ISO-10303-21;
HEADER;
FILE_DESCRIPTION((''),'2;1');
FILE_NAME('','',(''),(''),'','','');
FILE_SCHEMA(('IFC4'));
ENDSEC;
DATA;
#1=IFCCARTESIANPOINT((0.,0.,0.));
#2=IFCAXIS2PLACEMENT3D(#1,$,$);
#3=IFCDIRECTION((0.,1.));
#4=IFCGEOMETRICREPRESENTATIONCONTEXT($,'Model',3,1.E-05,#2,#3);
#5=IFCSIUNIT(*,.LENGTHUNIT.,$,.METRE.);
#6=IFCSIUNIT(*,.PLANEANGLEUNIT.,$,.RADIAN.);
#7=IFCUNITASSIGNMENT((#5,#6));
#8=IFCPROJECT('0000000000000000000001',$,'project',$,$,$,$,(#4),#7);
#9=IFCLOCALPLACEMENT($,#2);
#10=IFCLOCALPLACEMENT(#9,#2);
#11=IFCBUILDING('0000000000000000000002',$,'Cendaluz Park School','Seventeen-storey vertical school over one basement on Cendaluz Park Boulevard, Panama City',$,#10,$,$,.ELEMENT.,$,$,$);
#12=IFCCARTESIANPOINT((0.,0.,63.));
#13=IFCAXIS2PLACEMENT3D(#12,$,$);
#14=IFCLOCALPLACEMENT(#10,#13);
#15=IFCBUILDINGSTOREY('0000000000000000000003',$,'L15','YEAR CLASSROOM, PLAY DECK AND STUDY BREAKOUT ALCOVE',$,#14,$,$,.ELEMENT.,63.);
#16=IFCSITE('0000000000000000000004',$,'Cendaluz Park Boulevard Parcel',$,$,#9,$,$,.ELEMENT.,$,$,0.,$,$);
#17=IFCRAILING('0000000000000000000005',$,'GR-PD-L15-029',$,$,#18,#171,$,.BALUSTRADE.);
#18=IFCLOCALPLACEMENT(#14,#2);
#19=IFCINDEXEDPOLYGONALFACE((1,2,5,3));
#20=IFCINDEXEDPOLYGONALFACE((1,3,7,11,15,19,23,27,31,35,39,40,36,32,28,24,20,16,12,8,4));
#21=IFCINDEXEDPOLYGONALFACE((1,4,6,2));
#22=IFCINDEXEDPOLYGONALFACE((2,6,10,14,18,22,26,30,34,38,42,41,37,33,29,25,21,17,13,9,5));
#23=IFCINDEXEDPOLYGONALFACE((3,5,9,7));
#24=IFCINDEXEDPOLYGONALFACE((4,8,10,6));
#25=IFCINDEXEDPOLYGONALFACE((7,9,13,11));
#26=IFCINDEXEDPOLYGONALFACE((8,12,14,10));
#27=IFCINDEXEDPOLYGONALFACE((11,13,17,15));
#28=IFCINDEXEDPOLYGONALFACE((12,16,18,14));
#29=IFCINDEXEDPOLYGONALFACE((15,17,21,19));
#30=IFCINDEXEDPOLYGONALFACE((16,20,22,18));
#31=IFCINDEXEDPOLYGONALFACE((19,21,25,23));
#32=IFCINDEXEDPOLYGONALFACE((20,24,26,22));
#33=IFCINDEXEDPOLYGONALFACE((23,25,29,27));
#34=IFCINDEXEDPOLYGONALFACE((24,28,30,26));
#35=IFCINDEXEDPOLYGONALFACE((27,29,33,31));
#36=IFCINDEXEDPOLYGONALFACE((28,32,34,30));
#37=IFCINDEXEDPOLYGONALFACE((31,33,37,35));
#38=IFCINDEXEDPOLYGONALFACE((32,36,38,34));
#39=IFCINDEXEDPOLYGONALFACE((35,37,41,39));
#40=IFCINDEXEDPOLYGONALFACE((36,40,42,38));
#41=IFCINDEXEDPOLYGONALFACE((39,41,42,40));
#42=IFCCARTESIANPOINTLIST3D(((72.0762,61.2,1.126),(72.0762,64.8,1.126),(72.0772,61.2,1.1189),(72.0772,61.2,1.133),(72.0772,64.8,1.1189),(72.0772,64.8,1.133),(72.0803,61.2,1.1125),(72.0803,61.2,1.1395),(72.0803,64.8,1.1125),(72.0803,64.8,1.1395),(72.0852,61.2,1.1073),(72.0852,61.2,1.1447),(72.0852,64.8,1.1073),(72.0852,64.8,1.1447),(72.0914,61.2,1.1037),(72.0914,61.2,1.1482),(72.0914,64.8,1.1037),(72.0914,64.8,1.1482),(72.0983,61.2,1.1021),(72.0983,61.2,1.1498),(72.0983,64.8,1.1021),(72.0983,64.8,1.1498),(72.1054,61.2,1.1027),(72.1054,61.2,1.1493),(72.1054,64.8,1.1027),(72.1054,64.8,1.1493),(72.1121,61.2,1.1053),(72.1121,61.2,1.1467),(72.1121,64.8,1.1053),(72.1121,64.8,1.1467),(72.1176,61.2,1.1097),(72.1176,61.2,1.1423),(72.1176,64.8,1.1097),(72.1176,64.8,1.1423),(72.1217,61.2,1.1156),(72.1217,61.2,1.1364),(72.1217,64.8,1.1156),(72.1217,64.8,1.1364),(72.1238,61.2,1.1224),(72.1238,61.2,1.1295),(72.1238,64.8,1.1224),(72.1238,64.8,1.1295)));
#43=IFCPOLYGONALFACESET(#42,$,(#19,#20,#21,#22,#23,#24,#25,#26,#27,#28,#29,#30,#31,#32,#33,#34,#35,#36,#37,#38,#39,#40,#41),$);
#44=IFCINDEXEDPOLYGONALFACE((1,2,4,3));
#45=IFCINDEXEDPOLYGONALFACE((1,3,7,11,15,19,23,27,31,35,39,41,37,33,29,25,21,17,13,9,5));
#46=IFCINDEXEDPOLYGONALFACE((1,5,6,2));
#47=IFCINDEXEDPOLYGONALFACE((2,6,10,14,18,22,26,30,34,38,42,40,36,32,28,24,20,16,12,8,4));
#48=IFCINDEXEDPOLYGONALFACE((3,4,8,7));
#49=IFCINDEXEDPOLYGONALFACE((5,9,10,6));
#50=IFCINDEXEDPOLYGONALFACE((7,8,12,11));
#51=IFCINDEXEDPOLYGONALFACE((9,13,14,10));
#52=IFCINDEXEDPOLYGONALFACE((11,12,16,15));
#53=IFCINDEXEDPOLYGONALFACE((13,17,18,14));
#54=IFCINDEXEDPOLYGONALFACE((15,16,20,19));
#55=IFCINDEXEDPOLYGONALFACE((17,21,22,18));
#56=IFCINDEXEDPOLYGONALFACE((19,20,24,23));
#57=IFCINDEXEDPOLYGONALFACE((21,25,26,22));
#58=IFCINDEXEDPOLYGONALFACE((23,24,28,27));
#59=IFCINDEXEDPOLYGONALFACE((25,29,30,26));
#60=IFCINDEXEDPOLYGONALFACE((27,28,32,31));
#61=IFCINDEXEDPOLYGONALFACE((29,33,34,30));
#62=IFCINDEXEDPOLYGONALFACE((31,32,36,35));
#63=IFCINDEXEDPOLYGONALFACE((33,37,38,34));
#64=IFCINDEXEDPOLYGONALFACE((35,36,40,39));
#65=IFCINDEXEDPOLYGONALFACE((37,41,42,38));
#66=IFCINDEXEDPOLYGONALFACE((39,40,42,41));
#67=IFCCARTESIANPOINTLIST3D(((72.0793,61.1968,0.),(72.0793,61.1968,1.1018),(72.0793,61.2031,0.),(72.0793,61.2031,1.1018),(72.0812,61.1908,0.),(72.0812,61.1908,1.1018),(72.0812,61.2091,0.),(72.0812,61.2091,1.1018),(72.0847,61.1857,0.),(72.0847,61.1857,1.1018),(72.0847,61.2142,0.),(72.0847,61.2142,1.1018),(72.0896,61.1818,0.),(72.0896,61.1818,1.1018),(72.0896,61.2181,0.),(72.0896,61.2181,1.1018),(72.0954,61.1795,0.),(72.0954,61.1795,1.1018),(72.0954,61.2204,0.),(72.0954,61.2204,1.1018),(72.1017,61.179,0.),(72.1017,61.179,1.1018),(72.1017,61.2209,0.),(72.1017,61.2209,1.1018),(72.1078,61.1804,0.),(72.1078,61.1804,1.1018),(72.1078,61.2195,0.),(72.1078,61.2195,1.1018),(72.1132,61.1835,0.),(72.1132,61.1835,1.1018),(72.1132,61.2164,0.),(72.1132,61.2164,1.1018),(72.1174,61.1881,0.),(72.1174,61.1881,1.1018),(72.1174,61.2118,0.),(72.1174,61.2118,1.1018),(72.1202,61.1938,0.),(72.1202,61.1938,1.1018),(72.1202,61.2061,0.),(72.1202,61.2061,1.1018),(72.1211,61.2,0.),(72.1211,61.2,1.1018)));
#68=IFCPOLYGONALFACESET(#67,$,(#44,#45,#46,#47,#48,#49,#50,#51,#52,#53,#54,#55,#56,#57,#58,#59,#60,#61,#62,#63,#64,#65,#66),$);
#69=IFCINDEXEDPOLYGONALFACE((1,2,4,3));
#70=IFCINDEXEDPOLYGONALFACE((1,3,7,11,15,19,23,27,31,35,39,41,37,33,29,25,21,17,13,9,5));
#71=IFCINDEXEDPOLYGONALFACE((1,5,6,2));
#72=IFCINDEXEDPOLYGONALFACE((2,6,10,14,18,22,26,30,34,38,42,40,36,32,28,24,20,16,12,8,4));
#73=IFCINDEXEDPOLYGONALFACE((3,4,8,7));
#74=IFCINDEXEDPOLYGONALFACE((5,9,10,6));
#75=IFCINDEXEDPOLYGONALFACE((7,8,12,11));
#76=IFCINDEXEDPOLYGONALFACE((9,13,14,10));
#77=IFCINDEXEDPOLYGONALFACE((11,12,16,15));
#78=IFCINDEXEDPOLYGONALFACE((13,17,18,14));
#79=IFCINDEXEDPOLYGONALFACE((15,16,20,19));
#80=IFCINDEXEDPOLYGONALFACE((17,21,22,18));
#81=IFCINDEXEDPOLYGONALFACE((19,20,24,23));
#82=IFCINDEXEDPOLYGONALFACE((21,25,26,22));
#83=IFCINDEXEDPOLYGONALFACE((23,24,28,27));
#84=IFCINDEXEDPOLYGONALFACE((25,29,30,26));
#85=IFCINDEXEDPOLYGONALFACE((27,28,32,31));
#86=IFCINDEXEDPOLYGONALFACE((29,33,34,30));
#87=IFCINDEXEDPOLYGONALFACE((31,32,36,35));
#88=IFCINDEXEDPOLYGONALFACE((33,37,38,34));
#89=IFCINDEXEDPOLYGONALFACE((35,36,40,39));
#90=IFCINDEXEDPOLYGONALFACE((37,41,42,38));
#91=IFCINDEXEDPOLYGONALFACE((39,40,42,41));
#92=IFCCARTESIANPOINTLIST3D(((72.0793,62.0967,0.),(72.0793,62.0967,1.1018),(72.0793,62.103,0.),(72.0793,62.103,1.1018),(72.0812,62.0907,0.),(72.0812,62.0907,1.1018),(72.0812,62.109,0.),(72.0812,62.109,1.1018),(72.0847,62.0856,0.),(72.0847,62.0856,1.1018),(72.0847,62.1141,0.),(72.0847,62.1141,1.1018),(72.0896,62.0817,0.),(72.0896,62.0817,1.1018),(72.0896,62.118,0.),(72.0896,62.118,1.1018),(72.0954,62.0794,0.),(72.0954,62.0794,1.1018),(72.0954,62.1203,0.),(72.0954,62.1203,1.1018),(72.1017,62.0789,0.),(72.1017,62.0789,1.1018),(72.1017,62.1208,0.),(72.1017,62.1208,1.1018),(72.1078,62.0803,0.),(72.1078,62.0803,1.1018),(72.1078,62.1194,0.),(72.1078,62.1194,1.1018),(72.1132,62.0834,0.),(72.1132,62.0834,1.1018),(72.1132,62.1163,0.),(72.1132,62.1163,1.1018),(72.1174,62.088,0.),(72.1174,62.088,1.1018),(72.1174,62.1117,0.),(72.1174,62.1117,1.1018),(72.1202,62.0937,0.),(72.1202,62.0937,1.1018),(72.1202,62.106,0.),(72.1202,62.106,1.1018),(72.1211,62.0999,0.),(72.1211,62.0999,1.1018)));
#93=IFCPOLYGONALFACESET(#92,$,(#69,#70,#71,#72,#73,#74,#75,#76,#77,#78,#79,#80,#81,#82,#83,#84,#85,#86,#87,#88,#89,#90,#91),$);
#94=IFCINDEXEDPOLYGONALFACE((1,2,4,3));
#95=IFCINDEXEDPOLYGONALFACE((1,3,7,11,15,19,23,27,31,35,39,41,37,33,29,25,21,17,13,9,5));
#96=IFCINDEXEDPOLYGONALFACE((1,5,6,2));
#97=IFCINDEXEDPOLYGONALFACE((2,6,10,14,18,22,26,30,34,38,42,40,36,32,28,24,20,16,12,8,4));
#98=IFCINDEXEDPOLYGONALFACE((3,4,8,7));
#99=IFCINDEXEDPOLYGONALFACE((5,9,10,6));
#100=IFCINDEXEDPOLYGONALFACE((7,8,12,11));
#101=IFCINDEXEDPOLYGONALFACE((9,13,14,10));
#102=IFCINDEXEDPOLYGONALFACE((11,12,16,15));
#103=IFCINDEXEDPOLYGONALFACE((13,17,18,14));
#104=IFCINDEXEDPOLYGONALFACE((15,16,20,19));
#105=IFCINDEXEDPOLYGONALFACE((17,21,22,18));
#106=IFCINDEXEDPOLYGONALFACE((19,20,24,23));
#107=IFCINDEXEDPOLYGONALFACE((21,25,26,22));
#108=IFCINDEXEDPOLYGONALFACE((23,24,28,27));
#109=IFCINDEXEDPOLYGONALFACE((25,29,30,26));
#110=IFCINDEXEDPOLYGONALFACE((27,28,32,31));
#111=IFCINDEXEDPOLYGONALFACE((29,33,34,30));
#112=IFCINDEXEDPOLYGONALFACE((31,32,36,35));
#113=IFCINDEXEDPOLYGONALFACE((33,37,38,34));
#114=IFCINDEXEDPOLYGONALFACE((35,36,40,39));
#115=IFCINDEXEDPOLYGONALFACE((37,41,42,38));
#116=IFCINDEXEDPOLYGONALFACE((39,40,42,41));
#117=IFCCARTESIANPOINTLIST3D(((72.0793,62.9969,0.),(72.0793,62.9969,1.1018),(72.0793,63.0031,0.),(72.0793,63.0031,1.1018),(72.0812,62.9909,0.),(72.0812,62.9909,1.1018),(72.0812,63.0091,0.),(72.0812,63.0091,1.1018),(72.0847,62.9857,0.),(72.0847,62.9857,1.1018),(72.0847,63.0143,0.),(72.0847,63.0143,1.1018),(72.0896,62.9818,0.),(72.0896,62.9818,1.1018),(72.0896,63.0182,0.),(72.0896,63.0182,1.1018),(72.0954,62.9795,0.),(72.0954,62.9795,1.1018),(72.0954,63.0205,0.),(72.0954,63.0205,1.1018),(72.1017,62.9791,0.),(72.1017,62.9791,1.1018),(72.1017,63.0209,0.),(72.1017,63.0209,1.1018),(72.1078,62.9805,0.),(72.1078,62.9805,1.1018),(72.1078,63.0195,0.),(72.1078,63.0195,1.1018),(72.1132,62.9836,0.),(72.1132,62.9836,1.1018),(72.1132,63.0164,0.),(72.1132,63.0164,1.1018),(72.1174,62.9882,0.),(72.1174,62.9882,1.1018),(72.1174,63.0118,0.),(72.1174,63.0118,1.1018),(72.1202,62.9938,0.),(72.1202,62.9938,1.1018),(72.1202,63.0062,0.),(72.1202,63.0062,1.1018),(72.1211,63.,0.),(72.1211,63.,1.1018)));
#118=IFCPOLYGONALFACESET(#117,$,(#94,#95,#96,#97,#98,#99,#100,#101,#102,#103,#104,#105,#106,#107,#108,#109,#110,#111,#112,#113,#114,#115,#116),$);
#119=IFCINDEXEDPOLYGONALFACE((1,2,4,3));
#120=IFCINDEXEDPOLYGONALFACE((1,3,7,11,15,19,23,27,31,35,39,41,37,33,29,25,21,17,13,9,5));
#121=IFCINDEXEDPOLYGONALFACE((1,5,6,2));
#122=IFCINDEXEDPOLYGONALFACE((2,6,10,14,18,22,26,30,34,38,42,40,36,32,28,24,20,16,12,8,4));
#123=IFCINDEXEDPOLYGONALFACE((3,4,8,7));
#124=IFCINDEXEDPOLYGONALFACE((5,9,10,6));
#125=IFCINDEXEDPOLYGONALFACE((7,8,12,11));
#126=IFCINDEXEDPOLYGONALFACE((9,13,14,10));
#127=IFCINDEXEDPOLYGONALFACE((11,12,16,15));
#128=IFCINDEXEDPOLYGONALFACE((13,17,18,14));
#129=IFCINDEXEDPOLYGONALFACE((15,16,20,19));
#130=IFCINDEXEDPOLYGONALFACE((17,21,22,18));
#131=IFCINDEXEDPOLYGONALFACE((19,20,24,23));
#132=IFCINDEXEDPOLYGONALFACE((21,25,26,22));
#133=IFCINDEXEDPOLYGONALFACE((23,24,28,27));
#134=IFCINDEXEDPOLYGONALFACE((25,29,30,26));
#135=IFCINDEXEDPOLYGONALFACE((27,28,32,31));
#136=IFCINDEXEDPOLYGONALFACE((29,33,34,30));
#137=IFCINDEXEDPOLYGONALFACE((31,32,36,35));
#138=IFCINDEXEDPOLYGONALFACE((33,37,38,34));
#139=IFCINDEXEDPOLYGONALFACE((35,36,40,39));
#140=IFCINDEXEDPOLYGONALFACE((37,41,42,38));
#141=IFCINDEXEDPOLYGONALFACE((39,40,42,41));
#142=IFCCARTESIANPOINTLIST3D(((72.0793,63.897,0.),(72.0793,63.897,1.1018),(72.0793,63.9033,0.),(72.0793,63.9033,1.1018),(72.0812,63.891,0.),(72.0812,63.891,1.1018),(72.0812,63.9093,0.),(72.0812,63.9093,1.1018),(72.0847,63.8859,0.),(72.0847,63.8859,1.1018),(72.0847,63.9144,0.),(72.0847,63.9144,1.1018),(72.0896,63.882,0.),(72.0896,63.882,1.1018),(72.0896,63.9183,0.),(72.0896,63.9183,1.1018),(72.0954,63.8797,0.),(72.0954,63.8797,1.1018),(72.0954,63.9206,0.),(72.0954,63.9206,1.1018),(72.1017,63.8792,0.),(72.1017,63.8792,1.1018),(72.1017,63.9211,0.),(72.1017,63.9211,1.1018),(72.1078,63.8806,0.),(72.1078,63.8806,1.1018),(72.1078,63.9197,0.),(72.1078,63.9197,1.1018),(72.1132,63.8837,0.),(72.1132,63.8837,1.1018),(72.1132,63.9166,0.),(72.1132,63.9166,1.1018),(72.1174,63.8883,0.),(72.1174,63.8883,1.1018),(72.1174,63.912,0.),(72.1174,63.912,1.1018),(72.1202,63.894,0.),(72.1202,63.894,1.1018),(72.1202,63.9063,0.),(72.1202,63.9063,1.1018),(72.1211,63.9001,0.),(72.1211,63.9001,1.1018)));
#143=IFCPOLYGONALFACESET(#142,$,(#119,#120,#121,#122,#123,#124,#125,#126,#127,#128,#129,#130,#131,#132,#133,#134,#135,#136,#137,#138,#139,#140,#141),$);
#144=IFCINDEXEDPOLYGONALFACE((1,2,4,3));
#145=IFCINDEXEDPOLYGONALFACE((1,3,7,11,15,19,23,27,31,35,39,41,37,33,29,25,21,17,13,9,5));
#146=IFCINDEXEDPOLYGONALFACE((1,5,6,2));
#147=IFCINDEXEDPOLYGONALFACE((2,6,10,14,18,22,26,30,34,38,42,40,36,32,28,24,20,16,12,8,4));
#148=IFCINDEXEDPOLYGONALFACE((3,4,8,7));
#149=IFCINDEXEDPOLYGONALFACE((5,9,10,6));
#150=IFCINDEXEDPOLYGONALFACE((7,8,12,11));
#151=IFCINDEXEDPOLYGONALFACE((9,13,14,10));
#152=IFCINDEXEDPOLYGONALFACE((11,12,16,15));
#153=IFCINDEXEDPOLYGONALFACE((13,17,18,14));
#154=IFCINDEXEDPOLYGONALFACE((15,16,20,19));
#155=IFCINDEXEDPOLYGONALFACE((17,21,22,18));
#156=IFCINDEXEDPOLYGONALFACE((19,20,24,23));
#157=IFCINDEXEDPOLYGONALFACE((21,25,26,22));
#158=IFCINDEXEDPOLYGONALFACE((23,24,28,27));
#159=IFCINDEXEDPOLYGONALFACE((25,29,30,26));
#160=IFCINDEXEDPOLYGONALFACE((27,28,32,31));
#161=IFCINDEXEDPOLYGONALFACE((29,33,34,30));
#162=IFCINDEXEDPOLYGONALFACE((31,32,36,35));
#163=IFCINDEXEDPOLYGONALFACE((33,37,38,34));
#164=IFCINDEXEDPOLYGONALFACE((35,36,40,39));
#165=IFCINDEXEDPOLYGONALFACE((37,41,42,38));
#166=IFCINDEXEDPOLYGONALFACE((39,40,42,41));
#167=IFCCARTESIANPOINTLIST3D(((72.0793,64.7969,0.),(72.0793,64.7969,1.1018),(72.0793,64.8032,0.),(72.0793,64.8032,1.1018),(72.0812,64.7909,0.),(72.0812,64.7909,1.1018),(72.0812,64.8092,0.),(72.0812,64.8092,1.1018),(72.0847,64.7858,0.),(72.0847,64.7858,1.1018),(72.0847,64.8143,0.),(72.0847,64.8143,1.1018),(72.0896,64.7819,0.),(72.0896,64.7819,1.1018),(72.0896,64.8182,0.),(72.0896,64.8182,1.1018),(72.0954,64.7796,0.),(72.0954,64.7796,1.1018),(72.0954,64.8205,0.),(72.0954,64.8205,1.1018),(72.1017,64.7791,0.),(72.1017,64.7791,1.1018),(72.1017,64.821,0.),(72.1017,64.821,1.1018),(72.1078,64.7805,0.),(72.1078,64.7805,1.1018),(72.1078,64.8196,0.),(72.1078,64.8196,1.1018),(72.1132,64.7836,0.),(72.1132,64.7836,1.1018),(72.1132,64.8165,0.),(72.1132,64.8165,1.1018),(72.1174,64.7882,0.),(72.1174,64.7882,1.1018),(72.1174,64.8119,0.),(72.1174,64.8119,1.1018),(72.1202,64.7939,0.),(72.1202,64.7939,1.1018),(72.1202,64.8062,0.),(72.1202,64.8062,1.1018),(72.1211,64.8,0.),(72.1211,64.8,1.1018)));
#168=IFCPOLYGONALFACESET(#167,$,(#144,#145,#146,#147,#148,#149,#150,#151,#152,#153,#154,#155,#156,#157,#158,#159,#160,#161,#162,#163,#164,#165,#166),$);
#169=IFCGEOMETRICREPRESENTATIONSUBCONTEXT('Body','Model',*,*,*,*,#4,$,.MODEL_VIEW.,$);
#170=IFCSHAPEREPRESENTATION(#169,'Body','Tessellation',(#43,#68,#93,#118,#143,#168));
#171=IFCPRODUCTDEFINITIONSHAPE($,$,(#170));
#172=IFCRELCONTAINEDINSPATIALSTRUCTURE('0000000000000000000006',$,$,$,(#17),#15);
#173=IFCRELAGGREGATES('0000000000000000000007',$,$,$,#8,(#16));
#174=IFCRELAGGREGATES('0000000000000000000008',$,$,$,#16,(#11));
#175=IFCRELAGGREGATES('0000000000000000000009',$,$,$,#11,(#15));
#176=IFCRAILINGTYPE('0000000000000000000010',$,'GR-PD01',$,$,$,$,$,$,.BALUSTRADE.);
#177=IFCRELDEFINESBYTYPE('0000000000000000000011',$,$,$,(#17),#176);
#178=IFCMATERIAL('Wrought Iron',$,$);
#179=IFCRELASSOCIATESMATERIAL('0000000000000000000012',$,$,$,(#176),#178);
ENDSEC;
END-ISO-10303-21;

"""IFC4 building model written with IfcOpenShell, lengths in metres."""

from ifc_helpers import new_model, si_unit, direction, frame, origin, origin_2d, place, context, subcontext, project, spatial, circle, extrude, material, type_object, element, save


model = new_model("IFC4")

# Units and contexts
model_context = context("Model", 3, precision=1e-05, world=origin(), true_north=direction((0.0, 1.0)))
body_context = subcontext(model_context, "Body", "Model", "MODEL_VIEW")
ifc_project = project(units=[si_unit("LENGTHUNIT", "METRE"), si_unit("PLANEANGLEUNIT", "RADIAN")], contexts=[model_context])

# Site, building, storey
site_placement = place(None, origin())
site = spatial("IfcSite", under=ifc_project, at=site_placement, Name="Cendaluz Park Boulevard Parcel", CompositionType="ELEMENT", RefElevation=0.0)
building_placement = place(site_placement, origin())
building = spatial("IfcBuilding", under=site, at=building_placement, Name="Cendaluz Park School", Description="Seventeen-storey vertical school over one basement on Cendaluz Park Boulevard, Panama City", CompositionType="ELEMENT")
storey_placement = place(building_placement, frame((0.0, 0.0, 63.0)))
storey = spatial("IfcBuildingStorey", under=building, at=storey_placement, Name="L15", Description="YEAR CLASSROOM, PLAY DECK AND STUDY BREAKOUT ALCOVE", CompositionType="ELEMENT", Elevation=63.0)

# Railing
ifc_material_1 = material(Name="Wrought Iron")
railing_type = type_object("IfcRailingType", Name="GR-PD01", PredefinedType="BALUSTRADE", material=ifc_material_1)
railing_1_placement = place(storey_placement, frame((72.1001, 61.2, 0.0)))
element("IfcRailing", 1, at=railing_1_placement, inside=storey, type_object=railing_type, Name="GR-PD-L15-029", PredefinedType="BALUSTRADE", context=body_context, shape_type="SweptSolid", body=[
    extrude(circle(Radius=0.0239, at=origin_2d()), frame((0.0, 0.0, 1.126), z_axis=(0.0, 1.0, 0.0), x_axis=(-1.0, 0.0, 0.0)), (0.0, 0.0, 1.0), 3.6001),
    extrude(circle(Radius=0.021, at=origin_2d()), origin(), (0.0, 0.0, 1.0), 1.1018),
    extrude(circle(Radius=0.021, at=origin_2d()), frame((0.0, 0.8999, 0.0)), (0.0, 0.0, 1.0), 1.1018),
    extrude(circle(Radius=0.021, at=origin_2d()), frame((0.0, 1.8, 0.0)), (0.0, 0.0, 1.0), 1.1018),
    extrude(circle(Radius=0.021, at=origin_2d()), frame((0.0, 2.7002, 0.0)), (0.0, 0.0, 1.0), 1.1018),
    extrude(circle(Radius=0.021, at=origin_2d()), frame((0.0, 3.6001, 0.0)), (0.0, 0.0, 1.0), 1.1018),
])

save(model, "model.ifc")
